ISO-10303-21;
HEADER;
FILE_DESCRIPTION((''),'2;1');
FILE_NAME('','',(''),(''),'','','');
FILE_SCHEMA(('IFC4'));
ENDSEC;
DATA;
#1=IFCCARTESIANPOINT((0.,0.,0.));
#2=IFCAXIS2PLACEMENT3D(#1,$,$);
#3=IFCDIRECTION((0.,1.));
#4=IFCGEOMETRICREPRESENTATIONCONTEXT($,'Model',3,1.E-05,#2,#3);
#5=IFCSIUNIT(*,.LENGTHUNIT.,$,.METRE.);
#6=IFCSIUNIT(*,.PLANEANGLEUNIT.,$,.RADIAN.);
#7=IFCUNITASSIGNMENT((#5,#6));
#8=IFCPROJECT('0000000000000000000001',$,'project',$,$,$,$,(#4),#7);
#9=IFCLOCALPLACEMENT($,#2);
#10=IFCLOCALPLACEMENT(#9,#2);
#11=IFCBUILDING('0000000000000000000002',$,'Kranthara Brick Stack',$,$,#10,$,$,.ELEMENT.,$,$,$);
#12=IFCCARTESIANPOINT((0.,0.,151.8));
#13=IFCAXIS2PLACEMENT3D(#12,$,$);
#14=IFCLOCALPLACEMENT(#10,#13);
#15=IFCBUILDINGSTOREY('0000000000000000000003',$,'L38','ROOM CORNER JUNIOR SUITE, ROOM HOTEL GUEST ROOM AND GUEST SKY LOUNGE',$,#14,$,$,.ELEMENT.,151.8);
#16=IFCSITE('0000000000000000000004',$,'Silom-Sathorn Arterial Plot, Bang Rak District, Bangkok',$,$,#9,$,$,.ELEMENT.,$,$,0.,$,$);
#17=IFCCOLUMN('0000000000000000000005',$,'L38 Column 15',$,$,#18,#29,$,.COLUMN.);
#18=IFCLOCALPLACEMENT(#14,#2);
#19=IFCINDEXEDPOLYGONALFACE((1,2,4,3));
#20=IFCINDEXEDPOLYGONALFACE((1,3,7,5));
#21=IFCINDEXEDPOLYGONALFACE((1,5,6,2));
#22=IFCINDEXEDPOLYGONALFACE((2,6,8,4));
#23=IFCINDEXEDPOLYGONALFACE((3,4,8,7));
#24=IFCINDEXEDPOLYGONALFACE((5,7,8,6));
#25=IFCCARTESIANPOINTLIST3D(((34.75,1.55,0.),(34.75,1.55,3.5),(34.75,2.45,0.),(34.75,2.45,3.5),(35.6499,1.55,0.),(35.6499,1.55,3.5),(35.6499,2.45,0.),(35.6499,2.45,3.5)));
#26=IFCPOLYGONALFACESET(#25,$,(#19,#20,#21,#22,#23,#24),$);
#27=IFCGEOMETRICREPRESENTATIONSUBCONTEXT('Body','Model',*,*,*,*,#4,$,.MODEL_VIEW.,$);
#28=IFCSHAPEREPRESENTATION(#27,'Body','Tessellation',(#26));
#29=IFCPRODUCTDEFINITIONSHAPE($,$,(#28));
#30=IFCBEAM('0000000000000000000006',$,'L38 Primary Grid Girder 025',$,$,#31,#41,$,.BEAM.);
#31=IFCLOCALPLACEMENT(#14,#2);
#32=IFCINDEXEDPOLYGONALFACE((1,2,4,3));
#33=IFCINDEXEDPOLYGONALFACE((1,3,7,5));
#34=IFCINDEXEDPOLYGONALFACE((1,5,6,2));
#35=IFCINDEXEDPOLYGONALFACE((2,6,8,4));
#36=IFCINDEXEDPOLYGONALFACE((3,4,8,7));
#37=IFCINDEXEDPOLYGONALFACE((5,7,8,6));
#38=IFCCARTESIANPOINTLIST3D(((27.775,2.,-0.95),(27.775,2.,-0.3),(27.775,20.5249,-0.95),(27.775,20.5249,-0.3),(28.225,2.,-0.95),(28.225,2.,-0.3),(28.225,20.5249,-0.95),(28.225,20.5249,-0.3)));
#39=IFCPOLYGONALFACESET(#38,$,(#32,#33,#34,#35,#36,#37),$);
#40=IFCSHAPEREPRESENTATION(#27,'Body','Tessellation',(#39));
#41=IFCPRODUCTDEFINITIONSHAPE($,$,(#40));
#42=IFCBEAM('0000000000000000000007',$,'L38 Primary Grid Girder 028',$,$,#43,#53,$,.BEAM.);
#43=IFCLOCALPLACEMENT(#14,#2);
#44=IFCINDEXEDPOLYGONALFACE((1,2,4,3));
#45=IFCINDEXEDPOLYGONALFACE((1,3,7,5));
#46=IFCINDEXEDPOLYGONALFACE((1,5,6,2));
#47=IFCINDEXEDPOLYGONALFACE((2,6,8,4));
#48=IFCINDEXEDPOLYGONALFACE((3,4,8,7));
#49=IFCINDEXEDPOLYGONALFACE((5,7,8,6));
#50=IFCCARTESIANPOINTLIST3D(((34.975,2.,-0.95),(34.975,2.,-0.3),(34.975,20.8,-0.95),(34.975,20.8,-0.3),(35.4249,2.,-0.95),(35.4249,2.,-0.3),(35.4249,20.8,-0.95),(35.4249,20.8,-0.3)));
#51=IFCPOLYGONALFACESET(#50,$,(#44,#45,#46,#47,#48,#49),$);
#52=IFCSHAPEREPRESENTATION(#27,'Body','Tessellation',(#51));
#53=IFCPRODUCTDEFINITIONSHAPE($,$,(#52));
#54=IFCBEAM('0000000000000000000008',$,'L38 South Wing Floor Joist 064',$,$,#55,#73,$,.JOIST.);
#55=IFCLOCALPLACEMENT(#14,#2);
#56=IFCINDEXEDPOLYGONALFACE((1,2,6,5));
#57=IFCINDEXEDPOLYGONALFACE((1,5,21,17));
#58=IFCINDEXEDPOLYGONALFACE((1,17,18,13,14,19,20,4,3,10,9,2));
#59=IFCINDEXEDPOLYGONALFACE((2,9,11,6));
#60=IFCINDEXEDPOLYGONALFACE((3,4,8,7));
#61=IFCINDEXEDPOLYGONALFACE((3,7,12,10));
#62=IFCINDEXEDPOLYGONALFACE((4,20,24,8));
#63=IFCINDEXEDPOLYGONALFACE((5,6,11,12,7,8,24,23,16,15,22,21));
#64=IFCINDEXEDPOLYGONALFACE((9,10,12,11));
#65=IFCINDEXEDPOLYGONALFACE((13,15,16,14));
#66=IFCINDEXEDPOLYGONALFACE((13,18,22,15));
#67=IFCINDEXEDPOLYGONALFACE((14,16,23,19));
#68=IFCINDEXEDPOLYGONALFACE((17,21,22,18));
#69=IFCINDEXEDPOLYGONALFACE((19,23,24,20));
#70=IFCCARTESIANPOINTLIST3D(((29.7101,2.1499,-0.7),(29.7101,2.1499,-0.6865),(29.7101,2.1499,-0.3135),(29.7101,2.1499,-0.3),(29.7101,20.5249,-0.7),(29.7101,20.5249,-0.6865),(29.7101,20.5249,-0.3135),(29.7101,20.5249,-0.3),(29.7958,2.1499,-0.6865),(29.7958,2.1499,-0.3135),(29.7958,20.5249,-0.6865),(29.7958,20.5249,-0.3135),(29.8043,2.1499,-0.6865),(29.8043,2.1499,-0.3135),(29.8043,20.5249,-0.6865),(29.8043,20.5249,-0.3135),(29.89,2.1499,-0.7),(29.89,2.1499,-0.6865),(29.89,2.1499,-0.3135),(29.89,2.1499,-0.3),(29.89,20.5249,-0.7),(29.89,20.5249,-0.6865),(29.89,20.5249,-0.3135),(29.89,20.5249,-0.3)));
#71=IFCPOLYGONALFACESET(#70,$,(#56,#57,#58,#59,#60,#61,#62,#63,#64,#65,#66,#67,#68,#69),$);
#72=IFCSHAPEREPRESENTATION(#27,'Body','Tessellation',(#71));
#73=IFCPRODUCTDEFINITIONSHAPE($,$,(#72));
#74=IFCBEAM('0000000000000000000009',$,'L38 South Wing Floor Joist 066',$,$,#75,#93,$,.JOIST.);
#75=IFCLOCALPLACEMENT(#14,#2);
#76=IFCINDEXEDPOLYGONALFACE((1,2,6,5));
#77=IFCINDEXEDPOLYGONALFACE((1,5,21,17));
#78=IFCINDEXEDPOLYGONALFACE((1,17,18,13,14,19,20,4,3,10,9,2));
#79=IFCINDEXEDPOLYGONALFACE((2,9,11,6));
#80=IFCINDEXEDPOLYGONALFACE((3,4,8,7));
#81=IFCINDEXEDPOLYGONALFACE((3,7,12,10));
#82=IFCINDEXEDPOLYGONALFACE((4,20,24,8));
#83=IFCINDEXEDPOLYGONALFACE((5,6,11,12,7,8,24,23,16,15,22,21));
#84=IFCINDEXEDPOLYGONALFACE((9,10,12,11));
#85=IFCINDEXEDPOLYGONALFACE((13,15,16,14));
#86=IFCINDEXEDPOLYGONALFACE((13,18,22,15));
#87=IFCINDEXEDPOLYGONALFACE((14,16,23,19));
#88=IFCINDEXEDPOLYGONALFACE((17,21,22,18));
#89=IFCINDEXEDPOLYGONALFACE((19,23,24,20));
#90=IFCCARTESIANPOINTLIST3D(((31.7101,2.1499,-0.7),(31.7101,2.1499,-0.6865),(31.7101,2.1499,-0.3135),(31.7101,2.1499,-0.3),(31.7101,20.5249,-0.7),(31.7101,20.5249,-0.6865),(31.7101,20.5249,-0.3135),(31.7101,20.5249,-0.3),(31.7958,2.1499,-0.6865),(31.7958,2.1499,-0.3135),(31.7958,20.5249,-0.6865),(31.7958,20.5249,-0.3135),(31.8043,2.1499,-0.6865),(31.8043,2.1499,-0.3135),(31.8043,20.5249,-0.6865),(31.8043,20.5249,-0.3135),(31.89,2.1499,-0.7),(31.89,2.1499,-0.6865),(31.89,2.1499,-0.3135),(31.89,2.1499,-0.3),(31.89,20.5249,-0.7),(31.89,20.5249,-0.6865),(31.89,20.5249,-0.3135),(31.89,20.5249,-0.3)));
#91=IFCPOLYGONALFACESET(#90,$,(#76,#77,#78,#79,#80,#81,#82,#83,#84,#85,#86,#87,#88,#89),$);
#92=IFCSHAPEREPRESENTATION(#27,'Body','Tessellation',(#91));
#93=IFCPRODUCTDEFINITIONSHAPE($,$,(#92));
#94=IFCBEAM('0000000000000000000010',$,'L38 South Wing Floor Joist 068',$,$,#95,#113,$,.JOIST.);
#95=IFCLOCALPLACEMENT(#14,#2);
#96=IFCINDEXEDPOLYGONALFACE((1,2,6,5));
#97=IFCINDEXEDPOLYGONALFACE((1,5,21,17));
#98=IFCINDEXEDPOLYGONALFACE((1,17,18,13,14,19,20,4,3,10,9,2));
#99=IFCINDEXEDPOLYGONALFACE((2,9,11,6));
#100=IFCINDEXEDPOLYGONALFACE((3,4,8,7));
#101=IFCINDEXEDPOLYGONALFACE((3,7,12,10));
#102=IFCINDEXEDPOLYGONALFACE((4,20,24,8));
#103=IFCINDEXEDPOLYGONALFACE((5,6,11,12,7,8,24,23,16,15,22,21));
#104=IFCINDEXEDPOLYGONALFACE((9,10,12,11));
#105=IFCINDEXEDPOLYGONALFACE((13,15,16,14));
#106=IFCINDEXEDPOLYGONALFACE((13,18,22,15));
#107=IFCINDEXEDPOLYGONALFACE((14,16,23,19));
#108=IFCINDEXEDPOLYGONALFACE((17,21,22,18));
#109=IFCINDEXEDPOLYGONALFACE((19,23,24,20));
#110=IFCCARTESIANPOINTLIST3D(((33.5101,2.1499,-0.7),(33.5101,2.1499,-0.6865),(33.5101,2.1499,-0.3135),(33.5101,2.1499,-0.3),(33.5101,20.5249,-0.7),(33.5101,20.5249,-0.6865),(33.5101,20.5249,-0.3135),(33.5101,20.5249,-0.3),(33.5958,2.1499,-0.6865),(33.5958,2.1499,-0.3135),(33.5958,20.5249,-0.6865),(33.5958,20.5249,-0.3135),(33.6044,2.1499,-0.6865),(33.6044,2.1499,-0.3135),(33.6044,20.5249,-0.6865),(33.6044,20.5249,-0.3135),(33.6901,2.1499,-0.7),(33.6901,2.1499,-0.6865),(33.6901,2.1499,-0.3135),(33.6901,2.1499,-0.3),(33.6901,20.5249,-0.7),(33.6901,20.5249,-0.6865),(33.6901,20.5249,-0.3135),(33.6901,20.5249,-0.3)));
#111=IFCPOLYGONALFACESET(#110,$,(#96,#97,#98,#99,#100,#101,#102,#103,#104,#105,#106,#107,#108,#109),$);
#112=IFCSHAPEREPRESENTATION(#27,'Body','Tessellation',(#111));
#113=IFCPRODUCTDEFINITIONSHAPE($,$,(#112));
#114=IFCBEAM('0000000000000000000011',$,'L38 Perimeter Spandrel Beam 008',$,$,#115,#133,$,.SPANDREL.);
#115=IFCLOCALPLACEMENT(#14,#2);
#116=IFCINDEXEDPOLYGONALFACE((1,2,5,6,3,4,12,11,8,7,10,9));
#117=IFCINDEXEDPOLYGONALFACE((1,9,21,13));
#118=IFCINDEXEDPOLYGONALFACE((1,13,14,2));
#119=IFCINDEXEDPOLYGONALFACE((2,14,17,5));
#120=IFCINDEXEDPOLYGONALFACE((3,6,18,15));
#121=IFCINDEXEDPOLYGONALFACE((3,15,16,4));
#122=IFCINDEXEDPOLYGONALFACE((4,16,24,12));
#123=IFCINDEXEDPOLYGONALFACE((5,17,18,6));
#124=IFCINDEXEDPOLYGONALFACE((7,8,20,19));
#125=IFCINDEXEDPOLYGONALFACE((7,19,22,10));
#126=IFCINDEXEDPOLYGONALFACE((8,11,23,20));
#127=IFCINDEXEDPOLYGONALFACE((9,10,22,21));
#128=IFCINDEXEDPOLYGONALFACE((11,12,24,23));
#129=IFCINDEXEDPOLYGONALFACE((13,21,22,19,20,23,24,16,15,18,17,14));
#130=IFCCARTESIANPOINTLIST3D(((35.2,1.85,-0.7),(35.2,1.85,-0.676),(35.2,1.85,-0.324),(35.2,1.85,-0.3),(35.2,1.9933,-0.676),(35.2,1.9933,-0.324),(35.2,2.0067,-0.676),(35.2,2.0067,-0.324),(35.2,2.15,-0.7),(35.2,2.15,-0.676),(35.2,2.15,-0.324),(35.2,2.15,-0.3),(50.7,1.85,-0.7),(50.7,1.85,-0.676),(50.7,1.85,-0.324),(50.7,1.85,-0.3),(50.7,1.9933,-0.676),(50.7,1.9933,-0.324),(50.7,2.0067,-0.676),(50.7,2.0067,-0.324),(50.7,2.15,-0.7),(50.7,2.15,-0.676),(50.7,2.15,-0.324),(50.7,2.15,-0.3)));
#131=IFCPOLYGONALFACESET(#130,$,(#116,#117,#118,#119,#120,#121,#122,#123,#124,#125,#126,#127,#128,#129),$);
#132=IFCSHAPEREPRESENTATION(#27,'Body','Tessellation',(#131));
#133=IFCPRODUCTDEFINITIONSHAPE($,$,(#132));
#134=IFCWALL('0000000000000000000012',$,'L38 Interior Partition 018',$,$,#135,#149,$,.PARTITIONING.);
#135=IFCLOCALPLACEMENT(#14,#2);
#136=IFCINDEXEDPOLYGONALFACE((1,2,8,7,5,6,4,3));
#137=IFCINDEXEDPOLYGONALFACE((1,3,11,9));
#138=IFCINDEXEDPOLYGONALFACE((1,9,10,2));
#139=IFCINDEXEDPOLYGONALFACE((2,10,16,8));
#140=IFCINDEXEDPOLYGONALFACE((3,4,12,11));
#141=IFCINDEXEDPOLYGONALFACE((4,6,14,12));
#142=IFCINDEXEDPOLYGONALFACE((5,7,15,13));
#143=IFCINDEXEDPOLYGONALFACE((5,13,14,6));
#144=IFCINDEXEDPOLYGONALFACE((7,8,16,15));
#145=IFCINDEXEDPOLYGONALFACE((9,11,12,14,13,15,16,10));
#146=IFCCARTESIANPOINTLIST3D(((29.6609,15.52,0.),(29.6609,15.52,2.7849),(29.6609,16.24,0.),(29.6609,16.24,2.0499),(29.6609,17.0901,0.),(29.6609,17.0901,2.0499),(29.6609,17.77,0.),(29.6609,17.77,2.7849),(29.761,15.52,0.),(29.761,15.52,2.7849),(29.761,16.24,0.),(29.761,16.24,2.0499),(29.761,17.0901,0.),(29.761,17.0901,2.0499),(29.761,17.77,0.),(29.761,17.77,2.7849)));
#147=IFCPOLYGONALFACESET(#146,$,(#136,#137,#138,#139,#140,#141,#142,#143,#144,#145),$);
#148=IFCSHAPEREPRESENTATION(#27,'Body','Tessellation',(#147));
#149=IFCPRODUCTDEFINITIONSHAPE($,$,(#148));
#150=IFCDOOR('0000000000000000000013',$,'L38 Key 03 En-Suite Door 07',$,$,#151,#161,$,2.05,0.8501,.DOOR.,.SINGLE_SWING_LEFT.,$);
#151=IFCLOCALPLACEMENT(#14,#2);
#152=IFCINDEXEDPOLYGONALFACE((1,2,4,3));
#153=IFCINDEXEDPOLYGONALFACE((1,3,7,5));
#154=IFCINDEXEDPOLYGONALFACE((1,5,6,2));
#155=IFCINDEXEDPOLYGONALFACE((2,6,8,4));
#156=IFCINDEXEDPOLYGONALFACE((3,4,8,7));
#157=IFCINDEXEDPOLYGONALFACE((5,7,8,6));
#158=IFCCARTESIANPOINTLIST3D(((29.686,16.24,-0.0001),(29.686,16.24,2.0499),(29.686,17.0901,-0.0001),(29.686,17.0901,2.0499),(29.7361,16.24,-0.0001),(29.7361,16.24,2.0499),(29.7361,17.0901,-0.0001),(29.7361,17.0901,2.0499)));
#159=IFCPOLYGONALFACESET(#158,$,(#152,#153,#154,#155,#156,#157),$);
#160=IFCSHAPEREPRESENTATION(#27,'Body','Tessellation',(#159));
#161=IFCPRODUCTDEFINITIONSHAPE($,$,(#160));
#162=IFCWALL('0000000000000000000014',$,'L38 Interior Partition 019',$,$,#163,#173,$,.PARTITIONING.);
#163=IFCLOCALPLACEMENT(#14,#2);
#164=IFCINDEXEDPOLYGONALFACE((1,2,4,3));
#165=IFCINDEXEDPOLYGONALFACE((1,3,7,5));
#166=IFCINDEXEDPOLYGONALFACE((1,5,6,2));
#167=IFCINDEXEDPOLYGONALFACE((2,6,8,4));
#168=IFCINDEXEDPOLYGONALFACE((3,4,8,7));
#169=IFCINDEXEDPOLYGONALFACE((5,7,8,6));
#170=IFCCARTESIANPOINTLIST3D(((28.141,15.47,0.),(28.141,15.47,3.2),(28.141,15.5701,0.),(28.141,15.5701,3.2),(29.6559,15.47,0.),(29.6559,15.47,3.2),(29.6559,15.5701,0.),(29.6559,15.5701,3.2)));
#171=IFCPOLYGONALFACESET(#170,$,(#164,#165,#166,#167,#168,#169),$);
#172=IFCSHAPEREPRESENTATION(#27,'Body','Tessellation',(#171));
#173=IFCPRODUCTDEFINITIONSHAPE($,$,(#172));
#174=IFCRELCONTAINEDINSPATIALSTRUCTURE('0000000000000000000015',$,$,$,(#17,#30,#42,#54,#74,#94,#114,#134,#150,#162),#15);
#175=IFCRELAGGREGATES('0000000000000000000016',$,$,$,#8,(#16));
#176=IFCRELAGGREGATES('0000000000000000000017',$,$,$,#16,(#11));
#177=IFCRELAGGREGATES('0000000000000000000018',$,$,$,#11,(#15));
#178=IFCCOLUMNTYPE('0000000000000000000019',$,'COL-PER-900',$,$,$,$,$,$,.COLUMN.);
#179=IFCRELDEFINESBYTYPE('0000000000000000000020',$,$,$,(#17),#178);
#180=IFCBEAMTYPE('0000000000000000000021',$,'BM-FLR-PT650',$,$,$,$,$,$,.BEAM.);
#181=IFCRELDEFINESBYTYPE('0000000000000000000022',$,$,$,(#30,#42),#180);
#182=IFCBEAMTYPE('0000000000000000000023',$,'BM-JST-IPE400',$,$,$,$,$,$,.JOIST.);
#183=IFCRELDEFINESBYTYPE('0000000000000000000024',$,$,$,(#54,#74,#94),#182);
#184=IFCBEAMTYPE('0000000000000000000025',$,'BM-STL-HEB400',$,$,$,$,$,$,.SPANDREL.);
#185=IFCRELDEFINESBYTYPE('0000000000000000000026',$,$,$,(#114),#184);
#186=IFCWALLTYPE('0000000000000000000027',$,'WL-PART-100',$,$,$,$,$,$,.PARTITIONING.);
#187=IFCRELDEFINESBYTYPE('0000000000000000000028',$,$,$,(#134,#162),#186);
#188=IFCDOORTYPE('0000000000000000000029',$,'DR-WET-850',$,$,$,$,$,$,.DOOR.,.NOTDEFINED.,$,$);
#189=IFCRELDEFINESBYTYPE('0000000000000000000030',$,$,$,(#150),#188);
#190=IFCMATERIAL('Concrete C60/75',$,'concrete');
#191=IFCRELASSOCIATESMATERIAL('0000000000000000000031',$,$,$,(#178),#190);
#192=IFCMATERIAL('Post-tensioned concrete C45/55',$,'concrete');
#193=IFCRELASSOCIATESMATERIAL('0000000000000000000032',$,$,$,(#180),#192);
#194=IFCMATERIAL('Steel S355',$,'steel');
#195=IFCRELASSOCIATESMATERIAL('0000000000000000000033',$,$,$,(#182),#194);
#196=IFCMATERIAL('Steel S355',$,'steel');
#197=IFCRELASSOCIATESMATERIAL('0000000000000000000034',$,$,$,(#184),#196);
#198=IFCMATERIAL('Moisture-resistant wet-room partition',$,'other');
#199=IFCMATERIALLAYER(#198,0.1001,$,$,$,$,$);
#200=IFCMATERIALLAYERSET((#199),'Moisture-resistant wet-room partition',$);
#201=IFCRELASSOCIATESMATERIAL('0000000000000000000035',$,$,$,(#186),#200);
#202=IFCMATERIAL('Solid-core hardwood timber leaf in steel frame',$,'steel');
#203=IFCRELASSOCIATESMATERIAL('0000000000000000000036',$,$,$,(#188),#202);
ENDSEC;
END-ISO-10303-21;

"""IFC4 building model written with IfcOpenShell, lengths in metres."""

from ifc_helpers import new_model, si_unit, direction, frame, frame_2d, origin, origin_2d, place, context, subcontext, project, spatial, rectangle, i_section, extrude, material, layer, layer_set, material_profile, profile_set, type_object, element, fill, save


model = new_model("IFC4")

# Units and contexts
model_context = context("Model", 3, precision=1e-05, world=origin(), true_north=direction((0.0, 1.0)))
body_context = subcontext(model_context, "Body", "Model", "MODEL_VIEW")
ifc_project = project(units=[si_unit("LENGTHUNIT", "METRE"), si_unit("PLANEANGLEUNIT", "RADIAN")], contexts=[model_context])

# Site, building, storey
site_placement = place(None, origin())
site = spatial("IfcSite", under=ifc_project, at=site_placement, Name="Silom-Sathorn Arterial Plot, Bang Rak District, Bangkok", CompositionType="ELEMENT", RefElevation=0.0)
building_placement = place(site_placement, origin())
building = spatial("IfcBuilding", under=site, at=building_placement, Name="Kranthara Brick Stack", CompositionType="ELEMENT")
storey_placement = place(building_placement, frame((0.0, 0.0, 151.8)))
storey = spatial("IfcBuildingStorey", under=building, at=storey_placement, Name="L38", Description="ROOM CORNER JUNIOR SUITE, ROOM HOTEL GUEST ROOM AND GUEST SKY LOUNGE", CompositionType="ELEMENT", Elevation=151.8)

# Column
ifc_material_1 = material(Name="Concrete C60/75", Category="concrete")
ifc_material_profile_1 = material_profile(ifc_material_1, rectangle(XDim=0.8999, YDim=0.8999, at=origin_2d()), Name="RC 900x900")
ifc_profile_set_1 = profile_set([ifc_material_profile_1], Name="Concrete C60/75")
column_type = type_object("IfcColumnType", Name="COL-PER-900", PredefinedType="COLUMN", material=ifc_profile_set_1)
column_placement = place(storey_placement, frame((35.2, 2.0, 0.0), z_axis=(0.0, 0.0, 1.0), x_axis=(1.0, 0.0, 0.0)))
element("IfcColumn", 1, at=column_placement, inside=storey, type_object=column_type, Name="L38 Column 15", PredefinedType="COLUMN", context=body_context, shape_type="SweptSolid", body=[
    extrude(rectangle(XDim=0.8999, YDim=0.8999, at=origin_2d()), origin(), (0.0, 0.0, 1.0), 3.5),
])

# Beams
ifc_material_2 = material(Name="Post-tensioned concrete C45/55", Category="concrete")
ifc_material_profile_2 = material_profile(ifc_material_2, rectangle(XDim=0.45, YDim=0.6499, at=origin_2d()), Name="PT 450x650")
ifc_profile_set_2 = profile_set([ifc_material_profile_2], Name="Post-tensioned concrete C45/55")
beam_type_1 = type_object("IfcBeamType", Name="BM-FLR-PT650", PredefinedType="BEAM", material=ifc_profile_set_2)
beam_1_placement = place(storey_placement, frame((28.0, 2.0, -0.625), z_axis=(0.0, 1.0, 0.0), x_axis=(-1.0, 0.0, 0.0)))
element("IfcBeam", 2, at=beam_1_placement, inside=storey, type_object=beam_type_1, Name="L38 Primary Grid Girder 025", PredefinedType="BEAM", context=body_context, shape_type="SweptSolid", body=[
    extrude(rectangle(XDim=0.45, YDim=0.6499, at=origin_2d()), origin(), (0.0, 0.0, 1.0), 18.5249),
])
beam_2_placement = place(storey_placement, frame((35.2, 2.0, -0.625), z_axis=(0.0, 1.0, 0.0), x_axis=(-1.0, 0.0, 0.0)))
element("IfcBeam", 3, at=beam_2_placement, inside=storey, type_object=beam_type_1, Name="L38 Primary Grid Girder 028", PredefinedType="BEAM", context=body_context, shape_type="SweptSolid", body=[
    extrude(rectangle(XDim=0.45, YDim=0.6499, at=origin_2d()), origin(), (0.0, 0.0, 1.0), 18.8),
])
ifc_material_3 = material(Name="Steel S355", Category="steel")
ifc_material_profile_3 = material_profile(ifc_material_3, i_section(OverallWidth=0.1799, OverallDepth=0.3999, WebThickness=0.0085, FlangeThickness=0.0134, at=origin_2d()), Name="IPE 400")
ifc_profile_set_3 = profile_set([ifc_material_profile_3], Name="Steel S355")
beam_type_2 = type_object("IfcBeamType", Name="BM-JST-IPE400", PredefinedType="JOIST", material=ifc_profile_set_3)
for number, where, z_axis, x_axis, name in (
    (4, (29.8, 2.1499, -0.5), (0.0, 1.0, 0.0), (-1.0, 0.0, 0.0), "L38 South Wing Floor Joist 064"),
    (5, (31.8, 2.1499, -0.5), (0.0, 1.0, 0.0), (-1.0, 0.0, 0.0), "L38 South Wing Floor Joist 066"),
    (6, (33.6001, 2.1499, -0.5), (0.0, 1.0, 0.0), (-1.0, 0.0, 0.0), "L38 South Wing Floor Joist 068"),
):
    element("IfcBeam", number, at=place(storey_placement, frame(where, z_axis=z_axis, x_axis=x_axis)), inside=storey, type_object=beam_type_2, Name=name, PredefinedType="JOIST", context=body_context, shape_type="SweptSolid", body=[
        extrude(i_section(OverallWidth=0.1799, OverallDepth=0.3999, WebThickness=0.0085, FlangeThickness=0.0134, at=origin_2d()), origin(), (0.0, 0.0, 1.0), 18.375),
    ])
ifc_material_4 = material(Name="Steel S355", Category="steel")
ifc_material_profile_4 = material_profile(ifc_material_4, i_section(OverallWidth=0.3, OverallDepth=0.3999, WebThickness=0.0134, FlangeThickness=0.0239, at=origin_2d()), Name="HEB 400")
ifc_profile_set_4 = profile_set([ifc_material_profile_4], Name="Steel S355")
beam_type_3 = type_object("IfcBeamType", Name="BM-STL-HEB400", PredefinedType="SPANDREL", material=ifc_profile_set_4)
beam_3_placement = place(storey_placement, frame((35.2, 2.0, -0.5), z_axis=(1.0, 0.0, 0.0), x_axis=(0.0, 1.0, 0.0)))
element("IfcBeam", 7, at=beam_3_placement, inside=storey, type_object=beam_type_3, Name="L38 Perimeter Spandrel Beam 008", PredefinedType="SPANDREL", context=body_context, shape_type="SweptSolid", body=[
    extrude(i_section(OverallWidth=0.3, OverallDepth=0.3999, WebThickness=0.0134, FlangeThickness=0.0239, at=origin_2d()), origin(), (0.0, 0.0, 1.0), 15.5),
])

# Wall, opening, door
ifc_material_5 = material(Name="Moisture-resistant wet-room partition", Category="other")
ifc_layer_1 = layer(ifc_material_5, 0.1001)
ifc_layer_set_1 = layer_set([ifc_layer_1], Name="Moisture-resistant wet-room partition")
wall_type_1 = type_object("IfcWallType", Name="WL-PART-100", PredefinedType="PARTITIONING", material=ifc_layer_set_1)
wall_1_placement = place(storey_placement, frame((29.7109, 15.52, 0.0), z_axis=(0.0, 0.0, 1.0), x_axis=(0.0, 1.0, 0.0)))
wall_1 = element("IfcWall", 8, at=wall_1_placement, inside=storey, type_object=wall_type_1, Name="L38 Interior Partition 018", PredefinedType="PARTITIONING", context=body_context, shape_type="SweptSolid", body=[
    extrude(rectangle(XDim=2.25, YDim=0.1001, at=frame_2d((1.125, 0.0))), origin(), (0.0, 0.0, 1.0), 2.7849),
])
opening_1_placement = place(wall_1_placement, frame((0.72, 0.0, 0.0)))
opening_1 = element("IfcOpeningElement", 9, at=opening_1_placement, cuts=wall_1, PredefinedType="OPENING", context=body_context, shape_type="SweptSolid", body=[
    extrude(rectangle(XDim=0.8501, YDim=2.05, at=frame_2d((0.425, 1.0249))), frame((0.0, 0.0601, 0.0), z_axis=(0.0, -1.0, 0.0), x_axis=(1.0, 0.0, 0.0)), (0.0, 0.0, 1.0), 0.1201),
])
ifc_material_6 = material(Name="Solid-core hardwood timber leaf in steel frame", Category="steel")
door_type = type_object("IfcDoorType", Name="DR-WET-850", OperationType="NOTDEFINED", PredefinedType="DOOR", material=ifc_material_6)
door_1_placement = place(opening_1_placement, origin())
door_1 = element("IfcDoor", 10, at=door_1_placement, inside=storey, type_object=door_type, Name="L38 Key 03 En-Suite Door 07", OperationType="SINGLE_SWING_LEFT", OverallHeight=2.05, OverallWidth=0.8501, PredefinedType="DOOR", context=body_context, shape_type="SweptSolid", body=[
    extrude(rectangle(XDim=0.8501, YDim=2.05, at=frame_2d((0.425, 1.0249))), frame((0.0, 0.0249, 0.0), z_axis=(0.0, -1.0, 0.0), x_axis=(1.0, 0.0, 0.0)), (0.0, 0.0, 1.0), 0.05),
])
fill(opening_1, door_1)

# Wall
wall_2_placement = place(storey_placement, frame((28.1411, 15.52, 0.0), z_axis=(0.0, 0.0, 1.0), x_axis=(1.0, 0.0, 0.0)))
element("IfcWall", 11, at=wall_2_placement, inside=storey, type_object=wall_type_1, Name="L38 Interior Partition 019", PredefinedType="PARTITIONING", context=body_context, shape_type="SweptSolid", body=[
    extrude(rectangle(XDim=1.5149, YDim=0.1001, at=frame_2d((0.7573, 0.0))), origin(), (0.0, 0.0, 1.0), 3.2),
])

save(model, "model.ifc")
